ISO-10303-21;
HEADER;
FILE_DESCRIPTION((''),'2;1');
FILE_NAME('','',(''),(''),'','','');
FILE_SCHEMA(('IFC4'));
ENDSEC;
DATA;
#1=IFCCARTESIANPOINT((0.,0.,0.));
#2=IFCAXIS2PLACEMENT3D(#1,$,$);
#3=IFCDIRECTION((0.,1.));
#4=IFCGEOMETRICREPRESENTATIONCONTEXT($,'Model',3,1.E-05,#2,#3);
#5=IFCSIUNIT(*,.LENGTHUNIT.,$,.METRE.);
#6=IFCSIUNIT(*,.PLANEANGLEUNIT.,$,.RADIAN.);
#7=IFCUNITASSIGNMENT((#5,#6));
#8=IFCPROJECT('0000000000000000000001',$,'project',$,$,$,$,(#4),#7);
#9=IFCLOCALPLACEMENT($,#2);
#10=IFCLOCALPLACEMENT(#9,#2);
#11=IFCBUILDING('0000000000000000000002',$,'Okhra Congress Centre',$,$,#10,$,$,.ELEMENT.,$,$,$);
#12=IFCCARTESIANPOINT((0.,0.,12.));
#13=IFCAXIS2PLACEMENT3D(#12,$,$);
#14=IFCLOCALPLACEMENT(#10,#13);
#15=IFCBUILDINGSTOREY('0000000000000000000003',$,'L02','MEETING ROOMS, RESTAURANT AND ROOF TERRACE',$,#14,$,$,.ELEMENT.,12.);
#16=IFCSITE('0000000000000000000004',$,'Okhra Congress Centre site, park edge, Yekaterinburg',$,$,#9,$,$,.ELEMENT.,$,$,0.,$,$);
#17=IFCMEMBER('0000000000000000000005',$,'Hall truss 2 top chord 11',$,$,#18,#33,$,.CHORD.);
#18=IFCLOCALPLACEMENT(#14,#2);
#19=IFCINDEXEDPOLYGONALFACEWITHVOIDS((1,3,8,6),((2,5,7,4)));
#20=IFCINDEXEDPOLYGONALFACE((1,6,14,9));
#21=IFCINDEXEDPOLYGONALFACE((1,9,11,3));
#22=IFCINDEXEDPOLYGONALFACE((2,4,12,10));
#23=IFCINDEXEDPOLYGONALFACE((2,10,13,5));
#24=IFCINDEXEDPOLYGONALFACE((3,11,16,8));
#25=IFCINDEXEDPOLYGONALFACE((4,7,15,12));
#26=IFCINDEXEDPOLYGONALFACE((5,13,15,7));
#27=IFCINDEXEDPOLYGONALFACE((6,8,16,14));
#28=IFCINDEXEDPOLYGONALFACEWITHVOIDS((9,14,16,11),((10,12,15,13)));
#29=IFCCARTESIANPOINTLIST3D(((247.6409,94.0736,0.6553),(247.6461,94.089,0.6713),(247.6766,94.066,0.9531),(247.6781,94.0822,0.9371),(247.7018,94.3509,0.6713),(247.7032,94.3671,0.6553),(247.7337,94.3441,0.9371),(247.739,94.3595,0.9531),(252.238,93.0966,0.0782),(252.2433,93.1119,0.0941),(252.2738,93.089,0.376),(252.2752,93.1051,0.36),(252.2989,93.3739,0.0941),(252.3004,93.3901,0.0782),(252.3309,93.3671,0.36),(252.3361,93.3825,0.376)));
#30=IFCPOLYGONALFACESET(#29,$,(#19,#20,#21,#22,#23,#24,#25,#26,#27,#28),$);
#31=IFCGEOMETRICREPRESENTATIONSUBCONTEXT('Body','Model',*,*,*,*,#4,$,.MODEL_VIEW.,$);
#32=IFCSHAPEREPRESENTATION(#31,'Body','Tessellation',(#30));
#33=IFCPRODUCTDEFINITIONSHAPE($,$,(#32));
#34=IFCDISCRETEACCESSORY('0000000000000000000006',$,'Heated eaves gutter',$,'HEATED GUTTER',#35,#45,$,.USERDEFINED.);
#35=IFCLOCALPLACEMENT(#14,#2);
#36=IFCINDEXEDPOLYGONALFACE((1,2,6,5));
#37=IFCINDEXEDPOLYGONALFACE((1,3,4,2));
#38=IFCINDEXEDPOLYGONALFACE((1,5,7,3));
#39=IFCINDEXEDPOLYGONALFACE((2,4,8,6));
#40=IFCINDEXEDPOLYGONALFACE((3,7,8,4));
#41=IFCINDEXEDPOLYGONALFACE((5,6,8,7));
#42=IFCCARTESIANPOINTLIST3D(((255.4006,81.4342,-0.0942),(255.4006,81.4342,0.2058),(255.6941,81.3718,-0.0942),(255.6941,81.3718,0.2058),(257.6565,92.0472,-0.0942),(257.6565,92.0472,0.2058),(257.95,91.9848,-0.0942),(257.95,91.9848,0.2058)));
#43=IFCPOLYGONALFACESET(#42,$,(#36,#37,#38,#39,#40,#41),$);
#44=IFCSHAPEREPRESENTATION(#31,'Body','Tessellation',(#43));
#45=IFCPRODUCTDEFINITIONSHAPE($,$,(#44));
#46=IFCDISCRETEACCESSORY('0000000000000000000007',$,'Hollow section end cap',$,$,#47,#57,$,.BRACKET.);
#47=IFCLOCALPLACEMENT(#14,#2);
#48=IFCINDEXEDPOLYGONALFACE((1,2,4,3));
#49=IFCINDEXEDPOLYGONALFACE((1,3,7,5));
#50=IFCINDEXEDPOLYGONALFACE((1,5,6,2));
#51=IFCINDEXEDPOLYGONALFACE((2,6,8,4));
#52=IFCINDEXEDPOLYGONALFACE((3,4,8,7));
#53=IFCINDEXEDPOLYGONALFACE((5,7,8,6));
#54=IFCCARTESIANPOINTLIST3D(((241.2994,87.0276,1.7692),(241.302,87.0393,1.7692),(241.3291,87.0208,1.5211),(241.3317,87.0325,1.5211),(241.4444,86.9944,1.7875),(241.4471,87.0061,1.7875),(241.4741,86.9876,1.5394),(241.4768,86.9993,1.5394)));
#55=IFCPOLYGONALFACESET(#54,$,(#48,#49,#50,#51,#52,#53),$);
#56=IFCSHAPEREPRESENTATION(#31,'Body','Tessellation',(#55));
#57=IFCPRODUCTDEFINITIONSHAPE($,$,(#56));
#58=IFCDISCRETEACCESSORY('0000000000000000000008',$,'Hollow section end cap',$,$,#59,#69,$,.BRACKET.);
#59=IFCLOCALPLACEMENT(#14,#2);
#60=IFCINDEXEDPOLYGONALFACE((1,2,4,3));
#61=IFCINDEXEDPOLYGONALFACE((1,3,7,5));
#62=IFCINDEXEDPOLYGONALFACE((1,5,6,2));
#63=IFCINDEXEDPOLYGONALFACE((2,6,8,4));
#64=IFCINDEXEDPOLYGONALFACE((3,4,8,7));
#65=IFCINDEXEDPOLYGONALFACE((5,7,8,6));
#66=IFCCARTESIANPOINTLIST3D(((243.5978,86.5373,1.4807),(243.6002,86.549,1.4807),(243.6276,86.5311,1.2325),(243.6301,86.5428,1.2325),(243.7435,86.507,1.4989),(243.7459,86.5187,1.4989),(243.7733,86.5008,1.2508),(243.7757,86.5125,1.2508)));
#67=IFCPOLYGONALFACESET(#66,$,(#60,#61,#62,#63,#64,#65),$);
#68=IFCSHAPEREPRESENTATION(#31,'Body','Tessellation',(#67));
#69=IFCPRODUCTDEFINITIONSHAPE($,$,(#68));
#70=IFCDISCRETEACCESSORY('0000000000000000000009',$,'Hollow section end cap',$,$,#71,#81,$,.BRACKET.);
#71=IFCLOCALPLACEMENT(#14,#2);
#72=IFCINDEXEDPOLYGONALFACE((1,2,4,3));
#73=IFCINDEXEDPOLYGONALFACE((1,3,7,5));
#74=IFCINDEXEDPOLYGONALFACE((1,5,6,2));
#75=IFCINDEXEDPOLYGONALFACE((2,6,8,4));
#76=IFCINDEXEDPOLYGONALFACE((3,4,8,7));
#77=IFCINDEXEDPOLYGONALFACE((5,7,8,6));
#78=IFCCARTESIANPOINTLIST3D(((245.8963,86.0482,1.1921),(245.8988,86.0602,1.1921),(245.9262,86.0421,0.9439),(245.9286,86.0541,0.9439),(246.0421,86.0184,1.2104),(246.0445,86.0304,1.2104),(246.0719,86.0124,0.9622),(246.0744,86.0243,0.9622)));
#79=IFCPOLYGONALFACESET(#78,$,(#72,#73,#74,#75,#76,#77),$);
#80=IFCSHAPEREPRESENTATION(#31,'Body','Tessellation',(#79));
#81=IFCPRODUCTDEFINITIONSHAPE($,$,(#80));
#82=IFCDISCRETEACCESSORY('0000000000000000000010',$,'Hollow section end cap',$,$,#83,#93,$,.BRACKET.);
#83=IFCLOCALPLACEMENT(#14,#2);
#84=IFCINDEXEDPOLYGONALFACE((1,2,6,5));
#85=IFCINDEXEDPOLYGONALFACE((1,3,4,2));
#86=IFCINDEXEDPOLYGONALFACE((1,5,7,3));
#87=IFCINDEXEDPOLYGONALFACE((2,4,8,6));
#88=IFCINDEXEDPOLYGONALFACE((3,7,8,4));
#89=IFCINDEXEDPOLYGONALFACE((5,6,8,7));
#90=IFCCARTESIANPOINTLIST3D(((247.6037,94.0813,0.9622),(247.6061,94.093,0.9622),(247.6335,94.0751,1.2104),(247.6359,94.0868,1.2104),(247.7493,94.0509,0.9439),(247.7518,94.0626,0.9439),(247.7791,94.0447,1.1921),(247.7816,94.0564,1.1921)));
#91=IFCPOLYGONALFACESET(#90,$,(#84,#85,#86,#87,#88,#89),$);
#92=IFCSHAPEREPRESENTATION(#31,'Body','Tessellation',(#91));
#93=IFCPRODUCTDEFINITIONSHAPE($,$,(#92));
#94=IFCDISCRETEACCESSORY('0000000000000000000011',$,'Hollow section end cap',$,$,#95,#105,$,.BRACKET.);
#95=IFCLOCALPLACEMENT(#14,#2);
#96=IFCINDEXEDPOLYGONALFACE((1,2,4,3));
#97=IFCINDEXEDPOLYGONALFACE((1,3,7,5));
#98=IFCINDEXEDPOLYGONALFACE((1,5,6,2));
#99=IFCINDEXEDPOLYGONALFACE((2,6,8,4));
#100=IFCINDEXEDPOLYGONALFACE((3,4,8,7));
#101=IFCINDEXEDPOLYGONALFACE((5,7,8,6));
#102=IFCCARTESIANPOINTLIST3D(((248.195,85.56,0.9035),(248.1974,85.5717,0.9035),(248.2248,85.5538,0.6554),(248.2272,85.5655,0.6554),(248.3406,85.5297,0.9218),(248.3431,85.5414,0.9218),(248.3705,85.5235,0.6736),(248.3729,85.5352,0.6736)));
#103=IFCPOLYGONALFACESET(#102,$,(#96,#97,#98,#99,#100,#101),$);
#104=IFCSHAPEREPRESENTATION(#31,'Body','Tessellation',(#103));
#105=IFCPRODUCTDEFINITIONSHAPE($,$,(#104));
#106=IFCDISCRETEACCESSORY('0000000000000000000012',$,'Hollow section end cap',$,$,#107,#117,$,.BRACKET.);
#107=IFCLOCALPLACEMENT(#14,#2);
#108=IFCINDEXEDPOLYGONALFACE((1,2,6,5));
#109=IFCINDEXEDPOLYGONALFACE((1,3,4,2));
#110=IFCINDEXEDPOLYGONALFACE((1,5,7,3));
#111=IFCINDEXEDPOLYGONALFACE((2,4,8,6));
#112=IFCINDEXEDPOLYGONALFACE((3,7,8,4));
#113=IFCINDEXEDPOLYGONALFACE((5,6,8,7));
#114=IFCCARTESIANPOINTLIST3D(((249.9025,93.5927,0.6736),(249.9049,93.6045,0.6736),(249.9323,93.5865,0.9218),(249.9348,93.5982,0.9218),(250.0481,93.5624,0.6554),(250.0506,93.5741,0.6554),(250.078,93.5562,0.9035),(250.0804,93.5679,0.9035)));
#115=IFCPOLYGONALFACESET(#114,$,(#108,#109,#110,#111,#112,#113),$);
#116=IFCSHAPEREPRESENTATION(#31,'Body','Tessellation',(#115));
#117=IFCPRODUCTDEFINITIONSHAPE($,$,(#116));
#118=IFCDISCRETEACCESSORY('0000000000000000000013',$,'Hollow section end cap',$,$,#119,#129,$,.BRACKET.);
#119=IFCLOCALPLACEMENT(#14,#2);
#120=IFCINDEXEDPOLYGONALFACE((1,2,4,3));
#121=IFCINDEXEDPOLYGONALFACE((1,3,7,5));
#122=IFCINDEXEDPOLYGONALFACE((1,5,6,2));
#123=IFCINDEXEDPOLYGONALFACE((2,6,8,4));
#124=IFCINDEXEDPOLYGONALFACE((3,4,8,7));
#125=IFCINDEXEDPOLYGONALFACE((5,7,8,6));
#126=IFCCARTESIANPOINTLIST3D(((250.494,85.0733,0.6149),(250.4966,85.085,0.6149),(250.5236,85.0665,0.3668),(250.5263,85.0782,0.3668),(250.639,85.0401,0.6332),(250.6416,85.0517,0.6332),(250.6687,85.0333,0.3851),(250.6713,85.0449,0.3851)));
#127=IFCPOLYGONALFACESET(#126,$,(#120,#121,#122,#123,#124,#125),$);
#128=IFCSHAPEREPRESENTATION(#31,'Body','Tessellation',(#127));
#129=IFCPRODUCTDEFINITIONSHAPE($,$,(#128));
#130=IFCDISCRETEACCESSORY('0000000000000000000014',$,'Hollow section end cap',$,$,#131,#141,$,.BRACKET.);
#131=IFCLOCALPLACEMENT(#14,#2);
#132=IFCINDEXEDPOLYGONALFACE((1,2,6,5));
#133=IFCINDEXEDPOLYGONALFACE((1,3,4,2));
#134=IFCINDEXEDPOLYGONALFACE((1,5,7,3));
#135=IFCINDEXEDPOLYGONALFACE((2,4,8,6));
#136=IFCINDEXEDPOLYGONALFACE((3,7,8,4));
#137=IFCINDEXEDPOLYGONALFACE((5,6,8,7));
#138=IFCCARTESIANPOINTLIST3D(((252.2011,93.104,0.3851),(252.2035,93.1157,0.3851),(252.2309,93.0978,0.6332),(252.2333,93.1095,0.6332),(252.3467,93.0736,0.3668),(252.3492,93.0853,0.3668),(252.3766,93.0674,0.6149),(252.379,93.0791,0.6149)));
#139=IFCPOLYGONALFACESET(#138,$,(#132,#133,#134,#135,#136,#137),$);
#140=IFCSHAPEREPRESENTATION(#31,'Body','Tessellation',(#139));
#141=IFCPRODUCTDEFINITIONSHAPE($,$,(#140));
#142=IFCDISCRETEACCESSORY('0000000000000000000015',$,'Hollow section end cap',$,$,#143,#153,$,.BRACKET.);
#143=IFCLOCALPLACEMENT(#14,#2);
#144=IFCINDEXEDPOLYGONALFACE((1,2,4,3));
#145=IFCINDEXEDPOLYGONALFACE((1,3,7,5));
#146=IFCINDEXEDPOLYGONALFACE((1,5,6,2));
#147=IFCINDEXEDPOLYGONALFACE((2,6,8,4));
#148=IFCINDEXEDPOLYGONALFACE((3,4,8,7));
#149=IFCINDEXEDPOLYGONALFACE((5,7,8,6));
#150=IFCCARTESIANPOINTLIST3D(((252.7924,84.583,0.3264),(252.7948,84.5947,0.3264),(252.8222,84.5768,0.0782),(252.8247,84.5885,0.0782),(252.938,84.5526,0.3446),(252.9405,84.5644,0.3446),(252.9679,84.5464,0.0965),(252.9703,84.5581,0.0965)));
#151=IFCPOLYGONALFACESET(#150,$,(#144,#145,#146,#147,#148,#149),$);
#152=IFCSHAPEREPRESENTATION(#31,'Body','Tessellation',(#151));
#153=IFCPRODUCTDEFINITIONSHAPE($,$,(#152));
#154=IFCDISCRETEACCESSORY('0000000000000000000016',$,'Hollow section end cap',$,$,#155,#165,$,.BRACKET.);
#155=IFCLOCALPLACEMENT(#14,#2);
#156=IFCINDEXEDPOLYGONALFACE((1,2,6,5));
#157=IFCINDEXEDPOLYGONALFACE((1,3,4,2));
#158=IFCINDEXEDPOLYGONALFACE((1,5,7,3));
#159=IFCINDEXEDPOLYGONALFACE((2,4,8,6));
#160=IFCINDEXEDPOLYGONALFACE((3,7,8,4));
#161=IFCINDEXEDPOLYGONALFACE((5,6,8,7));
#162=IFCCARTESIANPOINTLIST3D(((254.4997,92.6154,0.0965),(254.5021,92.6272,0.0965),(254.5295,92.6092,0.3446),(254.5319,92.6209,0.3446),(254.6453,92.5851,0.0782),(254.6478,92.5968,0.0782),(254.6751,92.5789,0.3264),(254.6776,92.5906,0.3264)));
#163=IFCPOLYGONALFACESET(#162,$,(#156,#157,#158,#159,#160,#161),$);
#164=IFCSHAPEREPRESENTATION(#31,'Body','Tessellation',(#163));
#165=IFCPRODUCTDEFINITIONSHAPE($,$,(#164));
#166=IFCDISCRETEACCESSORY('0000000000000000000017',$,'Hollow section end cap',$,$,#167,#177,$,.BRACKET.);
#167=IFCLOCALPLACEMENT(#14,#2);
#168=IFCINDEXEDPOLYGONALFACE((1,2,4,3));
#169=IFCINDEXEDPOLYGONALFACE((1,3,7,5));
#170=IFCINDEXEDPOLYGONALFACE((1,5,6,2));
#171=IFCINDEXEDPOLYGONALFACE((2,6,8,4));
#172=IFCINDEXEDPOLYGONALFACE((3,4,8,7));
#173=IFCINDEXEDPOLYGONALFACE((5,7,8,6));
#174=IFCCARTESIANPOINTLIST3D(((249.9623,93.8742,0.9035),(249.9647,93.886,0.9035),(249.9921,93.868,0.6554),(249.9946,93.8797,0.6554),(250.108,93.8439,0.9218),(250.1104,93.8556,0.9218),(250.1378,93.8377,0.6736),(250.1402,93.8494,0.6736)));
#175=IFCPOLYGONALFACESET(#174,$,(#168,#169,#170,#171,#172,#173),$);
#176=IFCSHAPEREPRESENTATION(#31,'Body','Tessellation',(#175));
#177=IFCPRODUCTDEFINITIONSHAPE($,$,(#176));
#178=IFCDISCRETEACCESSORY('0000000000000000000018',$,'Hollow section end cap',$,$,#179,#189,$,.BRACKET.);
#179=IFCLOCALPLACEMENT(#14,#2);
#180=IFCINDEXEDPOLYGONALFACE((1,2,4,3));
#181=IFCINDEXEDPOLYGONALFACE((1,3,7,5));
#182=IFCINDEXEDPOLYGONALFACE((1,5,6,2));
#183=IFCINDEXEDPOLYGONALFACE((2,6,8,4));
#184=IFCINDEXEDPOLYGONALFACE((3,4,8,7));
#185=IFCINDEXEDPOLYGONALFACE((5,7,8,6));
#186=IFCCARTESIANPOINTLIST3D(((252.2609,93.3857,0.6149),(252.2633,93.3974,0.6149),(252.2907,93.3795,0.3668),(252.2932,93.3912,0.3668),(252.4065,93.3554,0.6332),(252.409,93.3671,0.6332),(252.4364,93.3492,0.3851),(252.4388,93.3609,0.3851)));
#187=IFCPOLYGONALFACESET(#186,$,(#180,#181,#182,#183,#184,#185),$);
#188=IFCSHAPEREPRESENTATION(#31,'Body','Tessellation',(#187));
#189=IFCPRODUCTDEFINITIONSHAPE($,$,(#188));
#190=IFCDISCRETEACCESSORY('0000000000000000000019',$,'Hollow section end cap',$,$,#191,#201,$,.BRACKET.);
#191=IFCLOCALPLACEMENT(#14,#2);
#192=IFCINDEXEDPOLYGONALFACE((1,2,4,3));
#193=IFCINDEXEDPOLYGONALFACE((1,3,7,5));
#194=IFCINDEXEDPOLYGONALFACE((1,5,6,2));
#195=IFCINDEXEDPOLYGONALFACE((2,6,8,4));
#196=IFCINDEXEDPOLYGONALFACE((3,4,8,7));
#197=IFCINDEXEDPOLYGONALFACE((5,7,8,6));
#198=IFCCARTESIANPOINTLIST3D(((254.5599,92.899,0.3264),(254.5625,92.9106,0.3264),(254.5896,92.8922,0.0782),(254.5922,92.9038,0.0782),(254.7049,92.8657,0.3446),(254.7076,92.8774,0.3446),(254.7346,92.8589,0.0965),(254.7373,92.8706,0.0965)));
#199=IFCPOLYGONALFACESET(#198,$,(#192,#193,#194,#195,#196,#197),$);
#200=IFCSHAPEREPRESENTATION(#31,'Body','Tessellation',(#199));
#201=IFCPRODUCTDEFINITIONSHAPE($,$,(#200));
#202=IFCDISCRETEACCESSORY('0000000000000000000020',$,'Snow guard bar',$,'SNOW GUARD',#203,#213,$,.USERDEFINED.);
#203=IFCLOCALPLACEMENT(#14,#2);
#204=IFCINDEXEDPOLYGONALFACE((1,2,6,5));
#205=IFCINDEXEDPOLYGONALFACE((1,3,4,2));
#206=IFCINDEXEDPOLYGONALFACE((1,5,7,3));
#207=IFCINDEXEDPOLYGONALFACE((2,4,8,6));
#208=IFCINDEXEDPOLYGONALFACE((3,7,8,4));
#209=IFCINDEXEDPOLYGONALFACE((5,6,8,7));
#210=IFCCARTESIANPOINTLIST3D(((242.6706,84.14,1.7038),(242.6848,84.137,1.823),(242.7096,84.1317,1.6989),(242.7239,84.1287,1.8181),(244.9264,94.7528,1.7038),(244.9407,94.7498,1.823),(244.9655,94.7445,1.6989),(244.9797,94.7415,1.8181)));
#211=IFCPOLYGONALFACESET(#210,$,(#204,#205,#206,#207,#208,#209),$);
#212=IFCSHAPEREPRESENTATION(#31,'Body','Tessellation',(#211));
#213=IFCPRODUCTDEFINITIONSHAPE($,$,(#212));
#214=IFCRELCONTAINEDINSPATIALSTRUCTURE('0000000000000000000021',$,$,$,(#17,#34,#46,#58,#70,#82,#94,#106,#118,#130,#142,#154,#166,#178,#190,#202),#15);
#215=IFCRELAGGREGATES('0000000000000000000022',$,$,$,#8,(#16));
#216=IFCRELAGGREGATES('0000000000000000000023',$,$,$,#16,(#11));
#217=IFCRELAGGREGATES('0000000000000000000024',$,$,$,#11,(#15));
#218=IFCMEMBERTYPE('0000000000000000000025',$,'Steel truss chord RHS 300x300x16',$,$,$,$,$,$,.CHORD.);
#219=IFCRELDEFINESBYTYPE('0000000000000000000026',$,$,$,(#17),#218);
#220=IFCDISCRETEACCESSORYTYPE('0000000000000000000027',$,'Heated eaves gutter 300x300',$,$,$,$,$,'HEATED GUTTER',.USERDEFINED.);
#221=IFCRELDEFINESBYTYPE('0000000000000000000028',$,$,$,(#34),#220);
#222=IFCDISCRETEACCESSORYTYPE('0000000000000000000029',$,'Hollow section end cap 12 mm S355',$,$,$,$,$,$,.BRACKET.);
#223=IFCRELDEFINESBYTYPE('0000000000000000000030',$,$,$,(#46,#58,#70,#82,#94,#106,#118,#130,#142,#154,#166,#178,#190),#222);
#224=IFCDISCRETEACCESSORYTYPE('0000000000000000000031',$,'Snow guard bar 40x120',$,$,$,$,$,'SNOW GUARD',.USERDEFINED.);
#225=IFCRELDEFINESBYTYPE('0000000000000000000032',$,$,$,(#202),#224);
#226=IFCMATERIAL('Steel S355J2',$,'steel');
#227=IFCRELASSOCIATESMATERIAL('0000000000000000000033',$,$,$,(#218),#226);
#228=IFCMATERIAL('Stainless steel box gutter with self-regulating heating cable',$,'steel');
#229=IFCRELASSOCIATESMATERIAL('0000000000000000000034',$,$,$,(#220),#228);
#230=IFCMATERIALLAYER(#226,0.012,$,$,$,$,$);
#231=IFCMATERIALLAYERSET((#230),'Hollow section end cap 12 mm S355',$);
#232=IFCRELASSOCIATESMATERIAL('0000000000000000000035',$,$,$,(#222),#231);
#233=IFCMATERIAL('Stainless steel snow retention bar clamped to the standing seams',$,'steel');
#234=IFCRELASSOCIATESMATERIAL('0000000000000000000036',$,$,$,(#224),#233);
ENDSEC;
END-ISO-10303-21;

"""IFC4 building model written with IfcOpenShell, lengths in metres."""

from ifc_helpers import new_model, si_unit, direction, frame, origin, origin_2d, place, context, subcontext, project, spatial, polyline, rectangle, hollow_rectangle, outline, extrude, material, layer, layer_set, material_profile, profile_set, type_object, element, save


model = new_model("IFC4")

# Units and contexts
model_context = context("Model", 3, precision=1e-05, world=origin(), true_north=direction((0.0, 1.0)))
body_context = subcontext(model_context, "Body", "Model", "MODEL_VIEW")
ifc_project = project(units=[si_unit("LENGTHUNIT", "METRE"), si_unit("PLANEANGLEUNIT", "RADIAN")], contexts=[model_context])

# Site, building, storey
site_placement = place(None, origin())
site = spatial("IfcSite", under=ifc_project, at=site_placement, Name="Okhra Congress Centre site, park edge, Yekaterinburg", CompositionType="ELEMENT", RefElevation=0.0)
building_placement = place(site_placement, origin())
building = spatial("IfcBuilding", under=site, at=building_placement, Name="Okhra Congress Centre", CompositionType="ELEMENT")
storey_placement = place(building_placement, frame((0.0, 0.0, 12.0)))
storey = spatial("IfcBuildingStorey", under=building, at=storey_placement, Name="L02", Description="MEETING ROOMS, RESTAURANT AND ROOF TERRACE", CompositionType="ELEMENT", Elevation=12.0)

# Member
ifc_material_1 = material(Name="Steel S355J2", Category="steel")
ifc_material_profile_1 = material_profile(ifc_material_1, hollow_rectangle(XDim=0.3, YDim=0.3, WallThickness=0.0161, at=origin_2d()), Name="RHS 300x300x16")
ifc_profile_set_1 = profile_set([ifc_material_profile_1], Name="Steel S355J2")
member_type_1 = type_object("IfcMemberType", Name="Steel truss chord RHS 300x300x16", PredefinedType="CHORD", material=ifc_profile_set_1)
member_1_placement = place(storey_placement, frame((247.6899, 94.2166, 0.8042), z_axis=(0.970859, -0.20634, -0.121886), x_axis=(0.20789, 0.978152, 0.0)))
element("IfcMember", 1, at=member_1_placement, inside=storey, type_object=member_type_1, Name="Hall truss 2 top chord 11", PredefinedType="CHORD", context=body_context, shape_type="SweptSolid", body=[
    extrude(hollow_rectangle(XDim=0.3, YDim=0.3, WallThickness=0.0161, at=origin_2d()), origin(), (0.0, 0.0, 1.0), 4.7351),
])

# Discrete accessories
ifc_material_2 = material(Name="Stainless steel box gutter with self-regulating heating cable", Category="steel")
discrete_accessory_type_1 = type_object("IfcDiscreteAccessoryType", Name="Heated eaves gutter 300x300", ElementType="HEATED GUTTER", PredefinedType="USERDEFINED", material=ifc_material_2)
discrete_accessory_1_placement = place(storey_placement, frame((256.6753, 86.7095, -0.0942), z_axis=(0.0, 0.0, 1.0), x_axis=(0.978148, -0.207912, 0.0)))
element("IfcDiscreteAccessory", 2, at=discrete_accessory_1_placement, inside=storey, type_object=discrete_accessory_type_1, Name="Heated eaves gutter", ObjectType="HEATED GUTTER", PredefinedType="USERDEFINED", context=body_context, shape_type="SweptSolid", body=[
    extrude(rectangle(XDim=0.3, YDim=10.8501, at=origin_2d()), origin(), (0.0, 0.0, 1.0), 0.3),
])
ifc_layer = layer(ifc_material_1, 0.012)
ifc_layer_set = layer_set([ifc_layer], Name="Hollow section end cap 12 mm S355")
discrete_accessory_type_2 = type_object("IfcDiscreteAccessoryType", Name="Hollow section end cap 12 mm S355", PredefinedType="BRACKET", material=ifc_layer_set)
for number, where, z_axis, x_axis, name in (
    (3, (241.3894, 87.0193, 1.6543), (-0.223376, -0.974732, 0.0), (0.967467, -0.221711, 0.121869), "Hollow section end cap"),
    (4, (243.688, 86.5308, 1.3657), (-0.203954, -0.97898, 0.0), (0.971683, -0.202434, 0.121869), "Hollow section end cap"),
):
    element("IfcDiscreteAccessory", number, at=place(storey_placement, frame(where, z_axis=z_axis, x_axis=x_axis)), inside=storey, type_object=discrete_accessory_type_2, Name=name, PredefinedType="BRACKET", context=body_context, shape_type="SweptSolid", body=[
        extrude(rectangle(XDim=0.1499, YDim=0.25, at=origin_2d()), origin(), (0.0, 0.0, 1.0), 0.012),
    ])
discrete_accessory_2_placement = place(storey_placement, frame((245.9866, 86.0422, 1.0771), z_axis=(-0.19996, -0.979804, 0.0), x_axis=(0.972501, -0.19847, 0.121869)))
element("IfcDiscreteAccessory", 5, at=discrete_accessory_2_placement, inside=storey, type_object=discrete_accessory_type_2, Name="Hollow section end cap", PredefinedType="BRACKET", context=body_context, shape_type="SweptSolid", body=[
    extrude(rectangle(XDim=0.1499, YDim=0.25, at=origin_2d()), origin(), (0.0, 0.0, 1.0), 0.0122),
])
for number, where, z_axis, x_axis, name in (
    (6, (247.6914, 94.063, 1.0771), (0.203954, 0.97898, 0.0), (-0.971683, 0.202434, 0.121869), "Hollow section end cap"),
    (7, (248.2852, 85.5535, 0.7886), (-0.203954, -0.97898, 0.0), (0.971683, -0.202434, 0.121869), "Hollow section end cap"),
    (8, (249.9902, 93.5745, 0.7886), (0.203954, 0.97898, 0.0), (-0.971683, 0.202434, 0.121869), "Hollow section end cap"),
    (9, (250.584, 85.0649, 0.5), (-0.223376, -0.974732, 0.0), (0.967467, -0.221711, 0.121869), "Hollow section end cap"),
    (10, (252.2888, 93.0857, 0.5), (0.203954, 0.97898, 0.0), (-0.971683, 0.202434, 0.121869), "Hollow section end cap"),
    (11, (252.8826, 84.5764, 0.2114), (-0.203954, -0.97898, 0.0), (0.971683, -0.202434, 0.121869), "Hollow section end cap"),
    (12, (254.5874, 92.5972, 0.2114), (0.203954, 0.97898, 0.0), (-0.971683, 0.202434, 0.121869), "Hollow section end cap"),
    (13, (250.0525, 93.8677, 0.7886), (-0.203954, -0.97898, 0.0), (0.971683, -0.202434, 0.121869), "Hollow section end cap"),
    (14, (252.3511, 93.3792, 0.5), (-0.203954, -0.97898, 0.0), (0.971683, -0.202434, 0.121869), "Hollow section end cap"),
    (15, (254.6499, 92.8906, 0.2114), (-0.223376, -0.974732, 0.0), (0.967467, -0.221711, 0.121869), "Hollow section end cap"),
):
    element("IfcDiscreteAccessory", number, at=place(storey_placement, frame(where, z_axis=z_axis, x_axis=x_axis)), inside=storey, type_object=discrete_accessory_type_2, Name=name, PredefinedType="BRACKET", context=body_context, shape_type="SweptSolid", body=[
        extrude(rectangle(XDim=0.1499, YDim=0.25, at=origin_2d()), origin(), (0.0, 0.0, 1.0), 0.012),
    ])
ifc_material_3 = material(Name="Stainless steel snow retention bar clamped to the standing seams", Category="steel")
discrete_accessory_type_3 = type_object("IfcDiscreteAccessoryType", Name="Snow guard bar 40x120", ElementType="SNOW GUARD", PredefinedType="USERDEFINED", material=ifc_material_3)
discrete_accessory_3_placement = place(storey_placement, frame((242.6848, 84.137, 1.823), z_axis=(0.118714, -0.025234, 0.992608), x_axis=(0.970928, -0.206322, -0.121366)))
element("IfcDiscreteAccessory", 16, at=discrete_accessory_3_placement, inside=storey, type_object=discrete_accessory_type_3, Name="Snow guard bar", ObjectType="SNOW GUARD", PredefinedType="USERDEFINED", context=body_context, shape_type="SweptSolid", body=[
    extrude(outline(polyline([(0.0, 0.0), (0.0402, 0.0), (0.0409, 10.8499), (0.0006, 10.8499), (0.0, 0.0)])), origin(), (0.0, 0.0, -1.0), 0.1201),
])

save(model, "model.ifc")
